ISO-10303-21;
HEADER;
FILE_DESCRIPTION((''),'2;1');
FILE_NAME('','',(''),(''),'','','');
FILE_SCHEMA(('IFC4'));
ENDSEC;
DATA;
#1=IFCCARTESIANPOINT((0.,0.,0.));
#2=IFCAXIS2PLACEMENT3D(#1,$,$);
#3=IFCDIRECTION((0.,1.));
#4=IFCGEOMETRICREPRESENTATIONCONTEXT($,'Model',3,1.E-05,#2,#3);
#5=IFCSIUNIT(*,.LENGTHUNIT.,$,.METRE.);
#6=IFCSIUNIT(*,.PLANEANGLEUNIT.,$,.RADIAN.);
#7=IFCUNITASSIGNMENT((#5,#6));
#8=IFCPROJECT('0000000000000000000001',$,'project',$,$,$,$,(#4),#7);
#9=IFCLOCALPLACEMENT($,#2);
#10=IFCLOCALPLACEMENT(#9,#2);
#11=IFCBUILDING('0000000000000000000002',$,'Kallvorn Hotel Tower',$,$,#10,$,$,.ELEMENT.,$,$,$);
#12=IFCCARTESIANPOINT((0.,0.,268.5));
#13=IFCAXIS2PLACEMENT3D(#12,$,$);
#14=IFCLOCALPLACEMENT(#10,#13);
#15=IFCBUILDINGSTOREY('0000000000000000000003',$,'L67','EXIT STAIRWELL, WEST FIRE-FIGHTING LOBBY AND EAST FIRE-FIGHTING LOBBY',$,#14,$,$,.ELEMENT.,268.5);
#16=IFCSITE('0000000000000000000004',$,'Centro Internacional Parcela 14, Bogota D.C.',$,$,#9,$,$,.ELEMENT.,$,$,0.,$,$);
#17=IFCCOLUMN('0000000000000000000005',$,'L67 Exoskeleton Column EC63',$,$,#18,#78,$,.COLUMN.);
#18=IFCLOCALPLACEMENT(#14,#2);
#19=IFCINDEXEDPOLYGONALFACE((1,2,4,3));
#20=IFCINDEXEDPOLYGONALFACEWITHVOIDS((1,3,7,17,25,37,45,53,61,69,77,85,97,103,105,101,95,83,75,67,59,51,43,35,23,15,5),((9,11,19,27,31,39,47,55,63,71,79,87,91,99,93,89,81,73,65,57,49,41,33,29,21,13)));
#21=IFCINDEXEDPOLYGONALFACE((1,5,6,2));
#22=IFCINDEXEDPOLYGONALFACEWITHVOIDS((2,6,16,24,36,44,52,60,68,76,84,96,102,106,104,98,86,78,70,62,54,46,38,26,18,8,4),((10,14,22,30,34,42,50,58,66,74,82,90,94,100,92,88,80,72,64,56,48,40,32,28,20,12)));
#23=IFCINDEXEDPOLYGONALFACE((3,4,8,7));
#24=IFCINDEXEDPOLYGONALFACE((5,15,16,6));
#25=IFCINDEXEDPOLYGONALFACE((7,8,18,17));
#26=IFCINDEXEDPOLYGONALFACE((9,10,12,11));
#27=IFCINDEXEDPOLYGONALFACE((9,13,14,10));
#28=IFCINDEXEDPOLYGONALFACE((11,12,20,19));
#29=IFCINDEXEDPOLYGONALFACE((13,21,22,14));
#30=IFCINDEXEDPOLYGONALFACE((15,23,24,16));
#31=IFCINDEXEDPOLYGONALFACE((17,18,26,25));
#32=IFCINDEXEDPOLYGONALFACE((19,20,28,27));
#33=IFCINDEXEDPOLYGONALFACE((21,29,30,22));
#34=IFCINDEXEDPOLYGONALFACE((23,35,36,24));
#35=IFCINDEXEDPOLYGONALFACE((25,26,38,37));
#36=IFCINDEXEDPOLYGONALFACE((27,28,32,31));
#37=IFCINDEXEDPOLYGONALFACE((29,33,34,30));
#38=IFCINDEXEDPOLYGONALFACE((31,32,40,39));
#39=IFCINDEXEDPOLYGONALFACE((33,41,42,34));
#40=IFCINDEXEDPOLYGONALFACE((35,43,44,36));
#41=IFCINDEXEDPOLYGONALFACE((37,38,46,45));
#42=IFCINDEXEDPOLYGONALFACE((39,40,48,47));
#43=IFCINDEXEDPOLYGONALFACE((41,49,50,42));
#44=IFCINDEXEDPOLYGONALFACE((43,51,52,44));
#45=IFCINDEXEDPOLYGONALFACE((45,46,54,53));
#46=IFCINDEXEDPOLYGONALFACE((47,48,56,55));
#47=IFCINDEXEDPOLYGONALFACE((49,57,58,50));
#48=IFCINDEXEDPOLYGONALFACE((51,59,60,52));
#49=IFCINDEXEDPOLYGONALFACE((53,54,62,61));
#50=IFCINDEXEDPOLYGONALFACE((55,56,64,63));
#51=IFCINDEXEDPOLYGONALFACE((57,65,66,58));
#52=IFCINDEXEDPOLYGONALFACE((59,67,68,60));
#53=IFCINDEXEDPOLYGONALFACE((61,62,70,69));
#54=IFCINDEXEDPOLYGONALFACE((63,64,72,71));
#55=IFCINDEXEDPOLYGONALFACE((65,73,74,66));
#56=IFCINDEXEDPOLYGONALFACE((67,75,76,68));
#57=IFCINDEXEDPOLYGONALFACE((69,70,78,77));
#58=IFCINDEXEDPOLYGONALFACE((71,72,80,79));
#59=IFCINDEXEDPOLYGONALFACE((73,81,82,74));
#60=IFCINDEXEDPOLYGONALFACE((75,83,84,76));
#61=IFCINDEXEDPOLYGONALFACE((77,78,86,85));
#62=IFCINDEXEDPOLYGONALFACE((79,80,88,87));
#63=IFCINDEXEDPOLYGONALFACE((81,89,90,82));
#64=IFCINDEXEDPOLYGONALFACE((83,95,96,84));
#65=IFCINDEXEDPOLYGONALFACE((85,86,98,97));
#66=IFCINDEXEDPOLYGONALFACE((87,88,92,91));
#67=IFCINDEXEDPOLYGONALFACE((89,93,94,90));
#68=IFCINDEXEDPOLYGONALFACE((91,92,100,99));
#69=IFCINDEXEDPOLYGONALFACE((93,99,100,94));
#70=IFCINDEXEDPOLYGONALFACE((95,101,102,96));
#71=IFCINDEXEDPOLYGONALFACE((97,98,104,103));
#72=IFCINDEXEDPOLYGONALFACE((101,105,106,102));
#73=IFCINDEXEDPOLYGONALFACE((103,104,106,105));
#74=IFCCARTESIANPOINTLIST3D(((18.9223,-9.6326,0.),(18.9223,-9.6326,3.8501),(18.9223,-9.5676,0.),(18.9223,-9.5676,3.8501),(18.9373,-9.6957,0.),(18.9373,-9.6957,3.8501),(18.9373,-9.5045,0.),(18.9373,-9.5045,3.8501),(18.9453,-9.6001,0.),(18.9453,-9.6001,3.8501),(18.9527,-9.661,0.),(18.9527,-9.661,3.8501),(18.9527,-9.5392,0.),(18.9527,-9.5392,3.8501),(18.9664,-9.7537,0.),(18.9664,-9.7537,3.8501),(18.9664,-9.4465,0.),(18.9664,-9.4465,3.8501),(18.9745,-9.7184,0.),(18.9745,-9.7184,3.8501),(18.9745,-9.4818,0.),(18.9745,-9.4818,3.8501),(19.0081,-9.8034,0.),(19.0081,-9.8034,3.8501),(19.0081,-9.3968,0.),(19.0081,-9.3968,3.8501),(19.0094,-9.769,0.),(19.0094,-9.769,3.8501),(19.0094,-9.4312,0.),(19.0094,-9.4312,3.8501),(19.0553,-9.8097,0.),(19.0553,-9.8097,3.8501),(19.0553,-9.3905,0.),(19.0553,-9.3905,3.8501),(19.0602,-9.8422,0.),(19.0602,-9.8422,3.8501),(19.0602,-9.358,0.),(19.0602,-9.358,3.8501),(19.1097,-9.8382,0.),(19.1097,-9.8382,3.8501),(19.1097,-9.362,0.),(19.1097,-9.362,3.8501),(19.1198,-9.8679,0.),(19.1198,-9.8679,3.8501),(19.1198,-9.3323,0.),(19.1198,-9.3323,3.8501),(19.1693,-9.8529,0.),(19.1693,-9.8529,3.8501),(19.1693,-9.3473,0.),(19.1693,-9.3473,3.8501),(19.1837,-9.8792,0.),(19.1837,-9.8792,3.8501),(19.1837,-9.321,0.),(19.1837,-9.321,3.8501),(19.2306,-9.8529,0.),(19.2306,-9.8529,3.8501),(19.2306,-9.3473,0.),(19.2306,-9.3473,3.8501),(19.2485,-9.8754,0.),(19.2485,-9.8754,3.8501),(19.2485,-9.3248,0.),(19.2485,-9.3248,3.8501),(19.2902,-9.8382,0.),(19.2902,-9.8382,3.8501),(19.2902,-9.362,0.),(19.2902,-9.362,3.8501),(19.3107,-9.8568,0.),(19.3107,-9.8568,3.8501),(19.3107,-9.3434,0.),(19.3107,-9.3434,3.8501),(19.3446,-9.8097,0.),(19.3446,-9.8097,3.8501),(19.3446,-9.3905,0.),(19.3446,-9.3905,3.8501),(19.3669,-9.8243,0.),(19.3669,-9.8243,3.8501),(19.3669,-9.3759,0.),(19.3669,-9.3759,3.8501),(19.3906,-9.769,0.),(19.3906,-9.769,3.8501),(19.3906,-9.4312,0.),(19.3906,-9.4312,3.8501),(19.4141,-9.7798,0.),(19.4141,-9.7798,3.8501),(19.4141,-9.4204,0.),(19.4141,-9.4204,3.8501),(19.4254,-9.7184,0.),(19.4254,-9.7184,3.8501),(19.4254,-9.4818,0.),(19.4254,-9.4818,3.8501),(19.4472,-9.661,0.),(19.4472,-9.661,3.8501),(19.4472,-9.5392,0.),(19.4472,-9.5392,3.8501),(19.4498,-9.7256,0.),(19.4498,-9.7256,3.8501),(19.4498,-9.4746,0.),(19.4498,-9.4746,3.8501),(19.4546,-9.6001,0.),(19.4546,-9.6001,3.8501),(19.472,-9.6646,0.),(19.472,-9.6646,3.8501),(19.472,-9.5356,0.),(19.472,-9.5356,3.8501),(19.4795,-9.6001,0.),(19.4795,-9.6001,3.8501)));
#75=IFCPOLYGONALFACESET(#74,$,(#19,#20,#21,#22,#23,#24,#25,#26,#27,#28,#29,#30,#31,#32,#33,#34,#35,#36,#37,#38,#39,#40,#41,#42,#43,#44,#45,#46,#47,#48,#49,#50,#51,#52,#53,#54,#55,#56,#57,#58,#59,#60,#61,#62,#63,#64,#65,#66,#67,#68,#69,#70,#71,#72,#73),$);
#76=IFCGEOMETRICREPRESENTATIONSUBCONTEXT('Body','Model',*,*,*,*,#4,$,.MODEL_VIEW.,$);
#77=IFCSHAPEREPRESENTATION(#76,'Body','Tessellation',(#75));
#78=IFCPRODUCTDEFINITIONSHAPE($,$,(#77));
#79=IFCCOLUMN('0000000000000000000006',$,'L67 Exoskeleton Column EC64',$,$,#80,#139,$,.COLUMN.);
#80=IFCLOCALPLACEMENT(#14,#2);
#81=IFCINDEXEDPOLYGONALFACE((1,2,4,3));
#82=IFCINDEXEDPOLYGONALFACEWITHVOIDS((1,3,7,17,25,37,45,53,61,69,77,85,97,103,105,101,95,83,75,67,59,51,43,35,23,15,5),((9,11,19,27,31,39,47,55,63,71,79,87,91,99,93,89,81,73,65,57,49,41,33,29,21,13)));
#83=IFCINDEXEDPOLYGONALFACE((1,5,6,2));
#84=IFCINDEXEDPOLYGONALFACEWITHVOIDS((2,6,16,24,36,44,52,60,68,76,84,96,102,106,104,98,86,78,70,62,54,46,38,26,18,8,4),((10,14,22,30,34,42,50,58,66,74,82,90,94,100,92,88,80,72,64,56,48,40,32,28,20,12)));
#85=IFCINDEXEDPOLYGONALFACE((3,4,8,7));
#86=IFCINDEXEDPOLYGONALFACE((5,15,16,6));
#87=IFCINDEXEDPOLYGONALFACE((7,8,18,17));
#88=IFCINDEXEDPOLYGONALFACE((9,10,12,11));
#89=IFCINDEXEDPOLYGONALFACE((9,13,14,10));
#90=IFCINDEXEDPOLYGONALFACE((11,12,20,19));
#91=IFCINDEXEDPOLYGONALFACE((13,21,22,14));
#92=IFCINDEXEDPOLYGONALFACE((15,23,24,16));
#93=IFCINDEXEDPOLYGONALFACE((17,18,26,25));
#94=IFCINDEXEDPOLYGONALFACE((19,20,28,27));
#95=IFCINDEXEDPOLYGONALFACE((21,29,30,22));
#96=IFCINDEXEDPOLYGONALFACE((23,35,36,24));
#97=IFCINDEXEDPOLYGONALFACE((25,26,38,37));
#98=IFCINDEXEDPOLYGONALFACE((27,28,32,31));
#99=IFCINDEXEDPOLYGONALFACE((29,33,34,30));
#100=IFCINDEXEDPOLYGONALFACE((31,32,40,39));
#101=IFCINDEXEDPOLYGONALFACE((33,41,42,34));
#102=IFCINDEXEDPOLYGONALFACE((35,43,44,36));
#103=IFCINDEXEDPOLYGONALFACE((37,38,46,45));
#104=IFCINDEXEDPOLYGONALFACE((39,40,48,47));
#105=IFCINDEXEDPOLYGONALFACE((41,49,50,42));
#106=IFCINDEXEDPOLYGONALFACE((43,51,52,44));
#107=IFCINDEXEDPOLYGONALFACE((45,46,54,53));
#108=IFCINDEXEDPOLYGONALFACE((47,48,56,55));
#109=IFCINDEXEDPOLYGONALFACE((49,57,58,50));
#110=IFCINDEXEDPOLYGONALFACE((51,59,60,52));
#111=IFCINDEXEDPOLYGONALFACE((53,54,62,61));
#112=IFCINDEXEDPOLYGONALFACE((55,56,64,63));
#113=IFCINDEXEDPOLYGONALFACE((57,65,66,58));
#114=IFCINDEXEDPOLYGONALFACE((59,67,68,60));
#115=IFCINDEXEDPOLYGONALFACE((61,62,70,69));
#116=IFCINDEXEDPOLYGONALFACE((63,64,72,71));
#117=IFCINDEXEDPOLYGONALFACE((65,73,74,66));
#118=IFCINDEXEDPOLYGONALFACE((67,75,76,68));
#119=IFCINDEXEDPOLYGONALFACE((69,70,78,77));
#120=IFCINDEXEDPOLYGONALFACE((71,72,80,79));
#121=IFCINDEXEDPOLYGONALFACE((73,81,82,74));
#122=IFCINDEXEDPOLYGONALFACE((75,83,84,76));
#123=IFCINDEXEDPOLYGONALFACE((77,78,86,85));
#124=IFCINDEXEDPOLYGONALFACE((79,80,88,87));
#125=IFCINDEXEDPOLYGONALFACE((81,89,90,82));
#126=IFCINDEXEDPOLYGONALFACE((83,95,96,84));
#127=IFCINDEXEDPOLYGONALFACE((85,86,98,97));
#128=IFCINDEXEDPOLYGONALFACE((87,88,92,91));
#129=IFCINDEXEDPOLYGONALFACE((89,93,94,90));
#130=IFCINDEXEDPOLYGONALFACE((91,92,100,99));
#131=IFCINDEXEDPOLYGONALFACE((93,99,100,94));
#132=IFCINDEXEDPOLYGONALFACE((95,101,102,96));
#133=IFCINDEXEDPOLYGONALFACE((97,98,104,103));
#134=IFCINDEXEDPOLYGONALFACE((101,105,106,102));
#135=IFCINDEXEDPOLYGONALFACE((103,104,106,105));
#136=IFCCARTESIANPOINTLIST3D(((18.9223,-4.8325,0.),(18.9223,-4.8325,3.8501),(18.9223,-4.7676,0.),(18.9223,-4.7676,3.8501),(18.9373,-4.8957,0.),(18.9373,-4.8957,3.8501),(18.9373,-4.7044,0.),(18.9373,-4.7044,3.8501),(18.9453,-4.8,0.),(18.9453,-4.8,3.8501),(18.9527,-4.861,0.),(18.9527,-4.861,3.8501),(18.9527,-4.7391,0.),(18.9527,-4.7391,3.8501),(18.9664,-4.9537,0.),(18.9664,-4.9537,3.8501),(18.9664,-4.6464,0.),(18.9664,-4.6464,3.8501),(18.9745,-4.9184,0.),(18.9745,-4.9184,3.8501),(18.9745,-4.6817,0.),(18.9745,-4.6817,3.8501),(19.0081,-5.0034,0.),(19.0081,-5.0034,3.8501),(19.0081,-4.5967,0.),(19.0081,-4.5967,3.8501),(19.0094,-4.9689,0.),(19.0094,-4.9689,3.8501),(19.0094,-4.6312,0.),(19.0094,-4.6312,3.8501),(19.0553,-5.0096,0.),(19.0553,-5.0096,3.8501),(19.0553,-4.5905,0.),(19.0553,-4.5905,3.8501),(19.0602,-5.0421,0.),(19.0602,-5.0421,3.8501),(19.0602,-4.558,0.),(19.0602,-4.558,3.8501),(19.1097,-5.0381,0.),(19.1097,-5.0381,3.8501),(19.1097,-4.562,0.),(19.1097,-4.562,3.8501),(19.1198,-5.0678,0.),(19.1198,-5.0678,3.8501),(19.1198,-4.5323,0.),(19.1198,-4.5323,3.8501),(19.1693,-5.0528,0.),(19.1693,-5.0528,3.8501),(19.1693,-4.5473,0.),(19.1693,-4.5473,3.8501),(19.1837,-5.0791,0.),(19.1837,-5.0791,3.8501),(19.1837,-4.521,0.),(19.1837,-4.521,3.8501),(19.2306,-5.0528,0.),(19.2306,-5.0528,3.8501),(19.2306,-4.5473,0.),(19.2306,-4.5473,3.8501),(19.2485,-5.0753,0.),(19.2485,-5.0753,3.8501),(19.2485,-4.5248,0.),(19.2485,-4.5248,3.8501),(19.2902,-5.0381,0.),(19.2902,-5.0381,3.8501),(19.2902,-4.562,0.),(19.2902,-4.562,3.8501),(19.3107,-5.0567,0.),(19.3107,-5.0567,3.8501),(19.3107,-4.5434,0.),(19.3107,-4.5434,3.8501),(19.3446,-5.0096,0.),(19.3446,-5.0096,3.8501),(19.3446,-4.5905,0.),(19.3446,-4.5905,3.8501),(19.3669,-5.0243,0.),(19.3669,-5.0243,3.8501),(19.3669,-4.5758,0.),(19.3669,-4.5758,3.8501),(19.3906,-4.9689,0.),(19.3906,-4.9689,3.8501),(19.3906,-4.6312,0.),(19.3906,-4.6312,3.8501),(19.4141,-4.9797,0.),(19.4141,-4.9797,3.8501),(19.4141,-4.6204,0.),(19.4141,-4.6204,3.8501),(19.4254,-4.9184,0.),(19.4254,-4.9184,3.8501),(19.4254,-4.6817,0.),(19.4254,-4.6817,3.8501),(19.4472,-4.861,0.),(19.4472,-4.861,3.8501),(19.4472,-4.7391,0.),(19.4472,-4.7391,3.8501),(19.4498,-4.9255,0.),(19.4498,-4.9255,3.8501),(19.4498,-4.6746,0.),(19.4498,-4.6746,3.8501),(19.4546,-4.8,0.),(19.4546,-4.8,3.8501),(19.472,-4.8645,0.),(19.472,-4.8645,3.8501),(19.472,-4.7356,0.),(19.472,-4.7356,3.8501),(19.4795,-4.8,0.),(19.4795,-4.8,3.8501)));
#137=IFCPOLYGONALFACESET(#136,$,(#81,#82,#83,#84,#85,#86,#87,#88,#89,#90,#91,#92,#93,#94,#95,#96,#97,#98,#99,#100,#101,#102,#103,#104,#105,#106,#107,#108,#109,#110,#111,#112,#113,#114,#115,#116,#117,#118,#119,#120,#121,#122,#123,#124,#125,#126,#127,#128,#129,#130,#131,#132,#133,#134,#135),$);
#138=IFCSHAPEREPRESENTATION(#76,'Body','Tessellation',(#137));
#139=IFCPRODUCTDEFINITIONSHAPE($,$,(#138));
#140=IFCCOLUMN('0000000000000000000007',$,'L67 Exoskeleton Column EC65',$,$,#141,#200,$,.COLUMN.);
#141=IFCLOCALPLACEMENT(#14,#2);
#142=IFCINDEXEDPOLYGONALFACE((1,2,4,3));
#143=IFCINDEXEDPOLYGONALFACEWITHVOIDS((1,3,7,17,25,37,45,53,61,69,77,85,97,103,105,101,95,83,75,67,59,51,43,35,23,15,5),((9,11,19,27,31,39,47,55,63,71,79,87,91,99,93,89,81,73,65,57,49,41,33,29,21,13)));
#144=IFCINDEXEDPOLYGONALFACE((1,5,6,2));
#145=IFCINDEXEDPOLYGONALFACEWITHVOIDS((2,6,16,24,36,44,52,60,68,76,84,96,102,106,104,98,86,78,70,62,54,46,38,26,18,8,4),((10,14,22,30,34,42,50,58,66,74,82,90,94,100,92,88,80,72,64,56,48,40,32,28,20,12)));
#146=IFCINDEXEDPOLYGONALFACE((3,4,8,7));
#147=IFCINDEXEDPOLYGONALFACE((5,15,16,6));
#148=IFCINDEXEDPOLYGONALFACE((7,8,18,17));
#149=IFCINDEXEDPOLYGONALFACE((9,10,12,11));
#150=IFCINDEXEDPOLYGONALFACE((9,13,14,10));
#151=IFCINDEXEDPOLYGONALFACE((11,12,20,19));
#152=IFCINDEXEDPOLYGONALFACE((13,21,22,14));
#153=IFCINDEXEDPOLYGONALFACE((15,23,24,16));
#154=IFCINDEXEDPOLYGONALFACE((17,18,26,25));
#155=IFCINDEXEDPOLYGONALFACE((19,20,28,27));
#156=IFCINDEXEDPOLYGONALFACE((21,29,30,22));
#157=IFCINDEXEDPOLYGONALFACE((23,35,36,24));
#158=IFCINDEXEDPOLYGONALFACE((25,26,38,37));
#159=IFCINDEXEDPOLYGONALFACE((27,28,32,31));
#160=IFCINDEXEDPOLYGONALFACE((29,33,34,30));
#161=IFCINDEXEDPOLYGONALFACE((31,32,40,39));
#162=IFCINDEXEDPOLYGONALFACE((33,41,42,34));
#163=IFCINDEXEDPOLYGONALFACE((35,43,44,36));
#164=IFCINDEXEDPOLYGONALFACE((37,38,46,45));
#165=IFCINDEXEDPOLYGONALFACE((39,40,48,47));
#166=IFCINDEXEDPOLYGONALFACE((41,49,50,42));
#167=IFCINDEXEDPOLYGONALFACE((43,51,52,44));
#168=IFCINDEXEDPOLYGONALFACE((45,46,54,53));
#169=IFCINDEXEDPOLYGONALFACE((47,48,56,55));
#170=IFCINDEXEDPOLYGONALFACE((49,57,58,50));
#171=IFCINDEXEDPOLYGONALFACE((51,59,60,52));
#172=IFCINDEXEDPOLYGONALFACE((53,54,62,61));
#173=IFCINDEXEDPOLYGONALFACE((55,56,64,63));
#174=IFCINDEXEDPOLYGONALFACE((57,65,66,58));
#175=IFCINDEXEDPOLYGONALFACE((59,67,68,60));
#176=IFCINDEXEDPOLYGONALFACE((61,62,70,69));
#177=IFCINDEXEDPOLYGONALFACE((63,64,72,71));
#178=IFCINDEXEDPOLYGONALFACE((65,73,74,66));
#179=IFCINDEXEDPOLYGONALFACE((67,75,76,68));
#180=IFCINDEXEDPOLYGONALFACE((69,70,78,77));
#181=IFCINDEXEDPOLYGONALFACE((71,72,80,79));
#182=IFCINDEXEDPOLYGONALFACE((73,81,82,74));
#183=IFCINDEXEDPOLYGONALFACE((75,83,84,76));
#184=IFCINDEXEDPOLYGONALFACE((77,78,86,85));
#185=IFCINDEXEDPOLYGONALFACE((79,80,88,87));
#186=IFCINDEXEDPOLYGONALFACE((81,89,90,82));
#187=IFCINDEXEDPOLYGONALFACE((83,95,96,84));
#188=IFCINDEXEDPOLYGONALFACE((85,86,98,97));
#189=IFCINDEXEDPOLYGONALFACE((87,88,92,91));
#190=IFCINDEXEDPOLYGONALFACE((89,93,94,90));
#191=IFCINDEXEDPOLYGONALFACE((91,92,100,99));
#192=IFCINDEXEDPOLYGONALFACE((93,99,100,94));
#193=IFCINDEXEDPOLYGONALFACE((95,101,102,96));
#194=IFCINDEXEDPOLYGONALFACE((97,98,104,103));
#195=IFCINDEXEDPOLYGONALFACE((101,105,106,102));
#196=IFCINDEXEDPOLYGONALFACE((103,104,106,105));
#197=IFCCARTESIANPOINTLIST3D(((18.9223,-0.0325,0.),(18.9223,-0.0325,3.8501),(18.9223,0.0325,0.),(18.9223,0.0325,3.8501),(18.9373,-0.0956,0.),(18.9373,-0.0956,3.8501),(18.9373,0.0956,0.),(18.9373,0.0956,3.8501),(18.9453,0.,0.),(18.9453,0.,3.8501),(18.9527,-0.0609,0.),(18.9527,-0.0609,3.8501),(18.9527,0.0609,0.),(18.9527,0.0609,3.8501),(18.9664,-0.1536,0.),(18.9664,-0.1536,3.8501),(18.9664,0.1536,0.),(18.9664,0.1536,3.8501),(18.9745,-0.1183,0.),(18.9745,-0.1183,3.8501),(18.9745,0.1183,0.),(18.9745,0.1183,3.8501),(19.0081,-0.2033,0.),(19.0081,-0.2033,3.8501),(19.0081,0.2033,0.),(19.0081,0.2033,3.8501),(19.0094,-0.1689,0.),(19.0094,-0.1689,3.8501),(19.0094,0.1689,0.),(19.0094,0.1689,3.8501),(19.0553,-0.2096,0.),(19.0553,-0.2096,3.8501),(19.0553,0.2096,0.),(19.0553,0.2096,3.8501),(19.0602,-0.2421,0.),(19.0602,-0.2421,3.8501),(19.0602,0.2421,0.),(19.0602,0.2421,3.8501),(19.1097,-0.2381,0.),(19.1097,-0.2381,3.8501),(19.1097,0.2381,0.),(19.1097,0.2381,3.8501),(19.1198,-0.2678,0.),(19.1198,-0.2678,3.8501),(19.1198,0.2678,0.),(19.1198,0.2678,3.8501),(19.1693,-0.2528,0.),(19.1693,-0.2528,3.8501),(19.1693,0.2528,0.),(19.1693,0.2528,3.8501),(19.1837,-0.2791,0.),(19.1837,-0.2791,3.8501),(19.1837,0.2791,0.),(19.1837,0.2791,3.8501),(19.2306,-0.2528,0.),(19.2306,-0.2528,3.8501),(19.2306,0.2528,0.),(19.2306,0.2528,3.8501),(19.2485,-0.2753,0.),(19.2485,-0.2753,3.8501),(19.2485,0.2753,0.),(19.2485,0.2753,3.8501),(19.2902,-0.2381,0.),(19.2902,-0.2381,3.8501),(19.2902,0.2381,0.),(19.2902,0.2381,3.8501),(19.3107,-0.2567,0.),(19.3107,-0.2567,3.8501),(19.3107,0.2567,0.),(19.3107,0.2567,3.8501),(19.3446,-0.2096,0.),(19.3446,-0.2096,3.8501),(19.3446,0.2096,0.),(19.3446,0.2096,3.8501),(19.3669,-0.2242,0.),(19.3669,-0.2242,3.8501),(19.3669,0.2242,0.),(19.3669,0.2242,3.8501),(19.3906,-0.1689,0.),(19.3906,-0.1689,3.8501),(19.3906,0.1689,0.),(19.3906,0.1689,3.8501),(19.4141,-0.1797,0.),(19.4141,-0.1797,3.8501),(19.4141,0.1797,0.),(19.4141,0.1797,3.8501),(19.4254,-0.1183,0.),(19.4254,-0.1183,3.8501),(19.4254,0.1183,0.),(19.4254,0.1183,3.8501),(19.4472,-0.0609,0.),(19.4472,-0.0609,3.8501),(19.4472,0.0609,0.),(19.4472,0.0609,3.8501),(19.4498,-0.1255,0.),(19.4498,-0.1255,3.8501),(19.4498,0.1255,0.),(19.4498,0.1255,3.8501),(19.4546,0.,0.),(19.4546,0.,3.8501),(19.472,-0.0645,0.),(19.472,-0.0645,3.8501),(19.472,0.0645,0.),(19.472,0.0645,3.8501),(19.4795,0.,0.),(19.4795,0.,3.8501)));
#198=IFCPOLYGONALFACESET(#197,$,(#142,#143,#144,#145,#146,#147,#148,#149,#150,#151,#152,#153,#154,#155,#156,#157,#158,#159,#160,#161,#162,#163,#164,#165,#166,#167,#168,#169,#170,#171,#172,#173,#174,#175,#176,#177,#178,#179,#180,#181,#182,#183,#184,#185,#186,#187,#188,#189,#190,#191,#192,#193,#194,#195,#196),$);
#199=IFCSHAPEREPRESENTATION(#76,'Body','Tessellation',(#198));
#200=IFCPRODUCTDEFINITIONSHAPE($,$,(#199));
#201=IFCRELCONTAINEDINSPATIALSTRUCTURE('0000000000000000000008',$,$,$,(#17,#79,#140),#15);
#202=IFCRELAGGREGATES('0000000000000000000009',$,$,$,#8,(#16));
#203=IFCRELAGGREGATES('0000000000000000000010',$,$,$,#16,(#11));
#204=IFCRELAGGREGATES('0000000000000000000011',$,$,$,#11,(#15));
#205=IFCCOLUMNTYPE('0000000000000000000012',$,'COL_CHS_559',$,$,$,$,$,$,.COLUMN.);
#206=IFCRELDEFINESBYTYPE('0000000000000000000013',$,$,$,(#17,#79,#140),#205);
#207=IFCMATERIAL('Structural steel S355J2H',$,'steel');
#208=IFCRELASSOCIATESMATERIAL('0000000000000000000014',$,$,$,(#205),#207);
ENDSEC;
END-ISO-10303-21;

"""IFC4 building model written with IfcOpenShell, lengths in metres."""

from ifc_helpers import new_model, si_unit, direction, frame, origin, origin_2d, place, context, subcontext, project, spatial, hollow_circle, extrude, material, material_profile, profile_set, type_object, element, save


model = new_model("IFC4")

# Units and contexts
model_context = context("Model", 3, precision=1e-05, world=origin(), true_north=direction((0.0, 1.0)))
body_context = subcontext(model_context, "Body", "Model", "MODEL_VIEW")
ifc_project = project(units=[si_unit("LENGTHUNIT", "METRE"), si_unit("PLANEANGLEUNIT", "RADIAN")], contexts=[model_context])

# Site, building, storey
site_placement = place(None, origin())
site = spatial("IfcSite", under=ifc_project, at=site_placement, Name="Centro Internacional Parcela 14, Bogota D.C.", CompositionType="ELEMENT", RefElevation=0.0)
building_placement = place(site_placement, origin())
building = spatial("IfcBuilding", under=site, at=building_placement, Name="Kallvorn Hotel Tower", CompositionType="ELEMENT")
storey_placement = place(building_placement, frame((0.0, 0.0, 268.5)))
storey = spatial("IfcBuildingStorey", under=building, at=storey_placement, Name="L67", Description="EXIT STAIRWELL, WEST FIRE-FIGHTING LOBBY AND EAST FIRE-FIGHTING LOBBY", CompositionType="ELEMENT", Elevation=268.5)

# Columns
ifc_material_1 = material(Name="Structural steel S355J2H", Category="steel")
ifc_material_profile_1 = material_profile(ifc_material_1, hollow_circle(Radius=0.2795, WallThickness=0.0249, at=origin_2d()), Name="CHS 559x25")
ifc_profile_set_1 = profile_set([ifc_material_profile_1], Name="Structural steel S355J2H")
column_type_1 = type_object("IfcColumnType", Name="COL_CHS_559", PredefinedType="COLUMN", material=ifc_profile_set_1)
for number, where, z_axis, x_axis, name in (
    (1, (19.2, -9.6001, 0.0), (0.0, 0.0, 1.0), (1.0, 0.0, 0.0), "L67 Exoskeleton Column EC63"),
    (2, (19.2, -4.8, 0.0), (0.0, 0.0, 1.0), (1.0, 0.0, 0.0), "L67 Exoskeleton Column EC64"),
    (3, (19.2, 0.0, 0.0), (0.0, 0.0, 1.0), (1.0, 0.0, 0.0), "L67 Exoskeleton Column EC65"),
):
    element("IfcColumn", number, at=place(storey_placement, frame(where, z_axis=z_axis, x_axis=x_axis)), inside=storey, type_object=column_type_1, Name=name, PredefinedType="COLUMN", context=body_context, shape_type="SweptSolid", body=[
        extrude(hollow_circle(Radius=0.2795, WallThickness=0.0249, at=origin_2d()), origin(), (0.0, 0.0, 1.0), 3.8501),
    ])

save(model, "model.ifc")
